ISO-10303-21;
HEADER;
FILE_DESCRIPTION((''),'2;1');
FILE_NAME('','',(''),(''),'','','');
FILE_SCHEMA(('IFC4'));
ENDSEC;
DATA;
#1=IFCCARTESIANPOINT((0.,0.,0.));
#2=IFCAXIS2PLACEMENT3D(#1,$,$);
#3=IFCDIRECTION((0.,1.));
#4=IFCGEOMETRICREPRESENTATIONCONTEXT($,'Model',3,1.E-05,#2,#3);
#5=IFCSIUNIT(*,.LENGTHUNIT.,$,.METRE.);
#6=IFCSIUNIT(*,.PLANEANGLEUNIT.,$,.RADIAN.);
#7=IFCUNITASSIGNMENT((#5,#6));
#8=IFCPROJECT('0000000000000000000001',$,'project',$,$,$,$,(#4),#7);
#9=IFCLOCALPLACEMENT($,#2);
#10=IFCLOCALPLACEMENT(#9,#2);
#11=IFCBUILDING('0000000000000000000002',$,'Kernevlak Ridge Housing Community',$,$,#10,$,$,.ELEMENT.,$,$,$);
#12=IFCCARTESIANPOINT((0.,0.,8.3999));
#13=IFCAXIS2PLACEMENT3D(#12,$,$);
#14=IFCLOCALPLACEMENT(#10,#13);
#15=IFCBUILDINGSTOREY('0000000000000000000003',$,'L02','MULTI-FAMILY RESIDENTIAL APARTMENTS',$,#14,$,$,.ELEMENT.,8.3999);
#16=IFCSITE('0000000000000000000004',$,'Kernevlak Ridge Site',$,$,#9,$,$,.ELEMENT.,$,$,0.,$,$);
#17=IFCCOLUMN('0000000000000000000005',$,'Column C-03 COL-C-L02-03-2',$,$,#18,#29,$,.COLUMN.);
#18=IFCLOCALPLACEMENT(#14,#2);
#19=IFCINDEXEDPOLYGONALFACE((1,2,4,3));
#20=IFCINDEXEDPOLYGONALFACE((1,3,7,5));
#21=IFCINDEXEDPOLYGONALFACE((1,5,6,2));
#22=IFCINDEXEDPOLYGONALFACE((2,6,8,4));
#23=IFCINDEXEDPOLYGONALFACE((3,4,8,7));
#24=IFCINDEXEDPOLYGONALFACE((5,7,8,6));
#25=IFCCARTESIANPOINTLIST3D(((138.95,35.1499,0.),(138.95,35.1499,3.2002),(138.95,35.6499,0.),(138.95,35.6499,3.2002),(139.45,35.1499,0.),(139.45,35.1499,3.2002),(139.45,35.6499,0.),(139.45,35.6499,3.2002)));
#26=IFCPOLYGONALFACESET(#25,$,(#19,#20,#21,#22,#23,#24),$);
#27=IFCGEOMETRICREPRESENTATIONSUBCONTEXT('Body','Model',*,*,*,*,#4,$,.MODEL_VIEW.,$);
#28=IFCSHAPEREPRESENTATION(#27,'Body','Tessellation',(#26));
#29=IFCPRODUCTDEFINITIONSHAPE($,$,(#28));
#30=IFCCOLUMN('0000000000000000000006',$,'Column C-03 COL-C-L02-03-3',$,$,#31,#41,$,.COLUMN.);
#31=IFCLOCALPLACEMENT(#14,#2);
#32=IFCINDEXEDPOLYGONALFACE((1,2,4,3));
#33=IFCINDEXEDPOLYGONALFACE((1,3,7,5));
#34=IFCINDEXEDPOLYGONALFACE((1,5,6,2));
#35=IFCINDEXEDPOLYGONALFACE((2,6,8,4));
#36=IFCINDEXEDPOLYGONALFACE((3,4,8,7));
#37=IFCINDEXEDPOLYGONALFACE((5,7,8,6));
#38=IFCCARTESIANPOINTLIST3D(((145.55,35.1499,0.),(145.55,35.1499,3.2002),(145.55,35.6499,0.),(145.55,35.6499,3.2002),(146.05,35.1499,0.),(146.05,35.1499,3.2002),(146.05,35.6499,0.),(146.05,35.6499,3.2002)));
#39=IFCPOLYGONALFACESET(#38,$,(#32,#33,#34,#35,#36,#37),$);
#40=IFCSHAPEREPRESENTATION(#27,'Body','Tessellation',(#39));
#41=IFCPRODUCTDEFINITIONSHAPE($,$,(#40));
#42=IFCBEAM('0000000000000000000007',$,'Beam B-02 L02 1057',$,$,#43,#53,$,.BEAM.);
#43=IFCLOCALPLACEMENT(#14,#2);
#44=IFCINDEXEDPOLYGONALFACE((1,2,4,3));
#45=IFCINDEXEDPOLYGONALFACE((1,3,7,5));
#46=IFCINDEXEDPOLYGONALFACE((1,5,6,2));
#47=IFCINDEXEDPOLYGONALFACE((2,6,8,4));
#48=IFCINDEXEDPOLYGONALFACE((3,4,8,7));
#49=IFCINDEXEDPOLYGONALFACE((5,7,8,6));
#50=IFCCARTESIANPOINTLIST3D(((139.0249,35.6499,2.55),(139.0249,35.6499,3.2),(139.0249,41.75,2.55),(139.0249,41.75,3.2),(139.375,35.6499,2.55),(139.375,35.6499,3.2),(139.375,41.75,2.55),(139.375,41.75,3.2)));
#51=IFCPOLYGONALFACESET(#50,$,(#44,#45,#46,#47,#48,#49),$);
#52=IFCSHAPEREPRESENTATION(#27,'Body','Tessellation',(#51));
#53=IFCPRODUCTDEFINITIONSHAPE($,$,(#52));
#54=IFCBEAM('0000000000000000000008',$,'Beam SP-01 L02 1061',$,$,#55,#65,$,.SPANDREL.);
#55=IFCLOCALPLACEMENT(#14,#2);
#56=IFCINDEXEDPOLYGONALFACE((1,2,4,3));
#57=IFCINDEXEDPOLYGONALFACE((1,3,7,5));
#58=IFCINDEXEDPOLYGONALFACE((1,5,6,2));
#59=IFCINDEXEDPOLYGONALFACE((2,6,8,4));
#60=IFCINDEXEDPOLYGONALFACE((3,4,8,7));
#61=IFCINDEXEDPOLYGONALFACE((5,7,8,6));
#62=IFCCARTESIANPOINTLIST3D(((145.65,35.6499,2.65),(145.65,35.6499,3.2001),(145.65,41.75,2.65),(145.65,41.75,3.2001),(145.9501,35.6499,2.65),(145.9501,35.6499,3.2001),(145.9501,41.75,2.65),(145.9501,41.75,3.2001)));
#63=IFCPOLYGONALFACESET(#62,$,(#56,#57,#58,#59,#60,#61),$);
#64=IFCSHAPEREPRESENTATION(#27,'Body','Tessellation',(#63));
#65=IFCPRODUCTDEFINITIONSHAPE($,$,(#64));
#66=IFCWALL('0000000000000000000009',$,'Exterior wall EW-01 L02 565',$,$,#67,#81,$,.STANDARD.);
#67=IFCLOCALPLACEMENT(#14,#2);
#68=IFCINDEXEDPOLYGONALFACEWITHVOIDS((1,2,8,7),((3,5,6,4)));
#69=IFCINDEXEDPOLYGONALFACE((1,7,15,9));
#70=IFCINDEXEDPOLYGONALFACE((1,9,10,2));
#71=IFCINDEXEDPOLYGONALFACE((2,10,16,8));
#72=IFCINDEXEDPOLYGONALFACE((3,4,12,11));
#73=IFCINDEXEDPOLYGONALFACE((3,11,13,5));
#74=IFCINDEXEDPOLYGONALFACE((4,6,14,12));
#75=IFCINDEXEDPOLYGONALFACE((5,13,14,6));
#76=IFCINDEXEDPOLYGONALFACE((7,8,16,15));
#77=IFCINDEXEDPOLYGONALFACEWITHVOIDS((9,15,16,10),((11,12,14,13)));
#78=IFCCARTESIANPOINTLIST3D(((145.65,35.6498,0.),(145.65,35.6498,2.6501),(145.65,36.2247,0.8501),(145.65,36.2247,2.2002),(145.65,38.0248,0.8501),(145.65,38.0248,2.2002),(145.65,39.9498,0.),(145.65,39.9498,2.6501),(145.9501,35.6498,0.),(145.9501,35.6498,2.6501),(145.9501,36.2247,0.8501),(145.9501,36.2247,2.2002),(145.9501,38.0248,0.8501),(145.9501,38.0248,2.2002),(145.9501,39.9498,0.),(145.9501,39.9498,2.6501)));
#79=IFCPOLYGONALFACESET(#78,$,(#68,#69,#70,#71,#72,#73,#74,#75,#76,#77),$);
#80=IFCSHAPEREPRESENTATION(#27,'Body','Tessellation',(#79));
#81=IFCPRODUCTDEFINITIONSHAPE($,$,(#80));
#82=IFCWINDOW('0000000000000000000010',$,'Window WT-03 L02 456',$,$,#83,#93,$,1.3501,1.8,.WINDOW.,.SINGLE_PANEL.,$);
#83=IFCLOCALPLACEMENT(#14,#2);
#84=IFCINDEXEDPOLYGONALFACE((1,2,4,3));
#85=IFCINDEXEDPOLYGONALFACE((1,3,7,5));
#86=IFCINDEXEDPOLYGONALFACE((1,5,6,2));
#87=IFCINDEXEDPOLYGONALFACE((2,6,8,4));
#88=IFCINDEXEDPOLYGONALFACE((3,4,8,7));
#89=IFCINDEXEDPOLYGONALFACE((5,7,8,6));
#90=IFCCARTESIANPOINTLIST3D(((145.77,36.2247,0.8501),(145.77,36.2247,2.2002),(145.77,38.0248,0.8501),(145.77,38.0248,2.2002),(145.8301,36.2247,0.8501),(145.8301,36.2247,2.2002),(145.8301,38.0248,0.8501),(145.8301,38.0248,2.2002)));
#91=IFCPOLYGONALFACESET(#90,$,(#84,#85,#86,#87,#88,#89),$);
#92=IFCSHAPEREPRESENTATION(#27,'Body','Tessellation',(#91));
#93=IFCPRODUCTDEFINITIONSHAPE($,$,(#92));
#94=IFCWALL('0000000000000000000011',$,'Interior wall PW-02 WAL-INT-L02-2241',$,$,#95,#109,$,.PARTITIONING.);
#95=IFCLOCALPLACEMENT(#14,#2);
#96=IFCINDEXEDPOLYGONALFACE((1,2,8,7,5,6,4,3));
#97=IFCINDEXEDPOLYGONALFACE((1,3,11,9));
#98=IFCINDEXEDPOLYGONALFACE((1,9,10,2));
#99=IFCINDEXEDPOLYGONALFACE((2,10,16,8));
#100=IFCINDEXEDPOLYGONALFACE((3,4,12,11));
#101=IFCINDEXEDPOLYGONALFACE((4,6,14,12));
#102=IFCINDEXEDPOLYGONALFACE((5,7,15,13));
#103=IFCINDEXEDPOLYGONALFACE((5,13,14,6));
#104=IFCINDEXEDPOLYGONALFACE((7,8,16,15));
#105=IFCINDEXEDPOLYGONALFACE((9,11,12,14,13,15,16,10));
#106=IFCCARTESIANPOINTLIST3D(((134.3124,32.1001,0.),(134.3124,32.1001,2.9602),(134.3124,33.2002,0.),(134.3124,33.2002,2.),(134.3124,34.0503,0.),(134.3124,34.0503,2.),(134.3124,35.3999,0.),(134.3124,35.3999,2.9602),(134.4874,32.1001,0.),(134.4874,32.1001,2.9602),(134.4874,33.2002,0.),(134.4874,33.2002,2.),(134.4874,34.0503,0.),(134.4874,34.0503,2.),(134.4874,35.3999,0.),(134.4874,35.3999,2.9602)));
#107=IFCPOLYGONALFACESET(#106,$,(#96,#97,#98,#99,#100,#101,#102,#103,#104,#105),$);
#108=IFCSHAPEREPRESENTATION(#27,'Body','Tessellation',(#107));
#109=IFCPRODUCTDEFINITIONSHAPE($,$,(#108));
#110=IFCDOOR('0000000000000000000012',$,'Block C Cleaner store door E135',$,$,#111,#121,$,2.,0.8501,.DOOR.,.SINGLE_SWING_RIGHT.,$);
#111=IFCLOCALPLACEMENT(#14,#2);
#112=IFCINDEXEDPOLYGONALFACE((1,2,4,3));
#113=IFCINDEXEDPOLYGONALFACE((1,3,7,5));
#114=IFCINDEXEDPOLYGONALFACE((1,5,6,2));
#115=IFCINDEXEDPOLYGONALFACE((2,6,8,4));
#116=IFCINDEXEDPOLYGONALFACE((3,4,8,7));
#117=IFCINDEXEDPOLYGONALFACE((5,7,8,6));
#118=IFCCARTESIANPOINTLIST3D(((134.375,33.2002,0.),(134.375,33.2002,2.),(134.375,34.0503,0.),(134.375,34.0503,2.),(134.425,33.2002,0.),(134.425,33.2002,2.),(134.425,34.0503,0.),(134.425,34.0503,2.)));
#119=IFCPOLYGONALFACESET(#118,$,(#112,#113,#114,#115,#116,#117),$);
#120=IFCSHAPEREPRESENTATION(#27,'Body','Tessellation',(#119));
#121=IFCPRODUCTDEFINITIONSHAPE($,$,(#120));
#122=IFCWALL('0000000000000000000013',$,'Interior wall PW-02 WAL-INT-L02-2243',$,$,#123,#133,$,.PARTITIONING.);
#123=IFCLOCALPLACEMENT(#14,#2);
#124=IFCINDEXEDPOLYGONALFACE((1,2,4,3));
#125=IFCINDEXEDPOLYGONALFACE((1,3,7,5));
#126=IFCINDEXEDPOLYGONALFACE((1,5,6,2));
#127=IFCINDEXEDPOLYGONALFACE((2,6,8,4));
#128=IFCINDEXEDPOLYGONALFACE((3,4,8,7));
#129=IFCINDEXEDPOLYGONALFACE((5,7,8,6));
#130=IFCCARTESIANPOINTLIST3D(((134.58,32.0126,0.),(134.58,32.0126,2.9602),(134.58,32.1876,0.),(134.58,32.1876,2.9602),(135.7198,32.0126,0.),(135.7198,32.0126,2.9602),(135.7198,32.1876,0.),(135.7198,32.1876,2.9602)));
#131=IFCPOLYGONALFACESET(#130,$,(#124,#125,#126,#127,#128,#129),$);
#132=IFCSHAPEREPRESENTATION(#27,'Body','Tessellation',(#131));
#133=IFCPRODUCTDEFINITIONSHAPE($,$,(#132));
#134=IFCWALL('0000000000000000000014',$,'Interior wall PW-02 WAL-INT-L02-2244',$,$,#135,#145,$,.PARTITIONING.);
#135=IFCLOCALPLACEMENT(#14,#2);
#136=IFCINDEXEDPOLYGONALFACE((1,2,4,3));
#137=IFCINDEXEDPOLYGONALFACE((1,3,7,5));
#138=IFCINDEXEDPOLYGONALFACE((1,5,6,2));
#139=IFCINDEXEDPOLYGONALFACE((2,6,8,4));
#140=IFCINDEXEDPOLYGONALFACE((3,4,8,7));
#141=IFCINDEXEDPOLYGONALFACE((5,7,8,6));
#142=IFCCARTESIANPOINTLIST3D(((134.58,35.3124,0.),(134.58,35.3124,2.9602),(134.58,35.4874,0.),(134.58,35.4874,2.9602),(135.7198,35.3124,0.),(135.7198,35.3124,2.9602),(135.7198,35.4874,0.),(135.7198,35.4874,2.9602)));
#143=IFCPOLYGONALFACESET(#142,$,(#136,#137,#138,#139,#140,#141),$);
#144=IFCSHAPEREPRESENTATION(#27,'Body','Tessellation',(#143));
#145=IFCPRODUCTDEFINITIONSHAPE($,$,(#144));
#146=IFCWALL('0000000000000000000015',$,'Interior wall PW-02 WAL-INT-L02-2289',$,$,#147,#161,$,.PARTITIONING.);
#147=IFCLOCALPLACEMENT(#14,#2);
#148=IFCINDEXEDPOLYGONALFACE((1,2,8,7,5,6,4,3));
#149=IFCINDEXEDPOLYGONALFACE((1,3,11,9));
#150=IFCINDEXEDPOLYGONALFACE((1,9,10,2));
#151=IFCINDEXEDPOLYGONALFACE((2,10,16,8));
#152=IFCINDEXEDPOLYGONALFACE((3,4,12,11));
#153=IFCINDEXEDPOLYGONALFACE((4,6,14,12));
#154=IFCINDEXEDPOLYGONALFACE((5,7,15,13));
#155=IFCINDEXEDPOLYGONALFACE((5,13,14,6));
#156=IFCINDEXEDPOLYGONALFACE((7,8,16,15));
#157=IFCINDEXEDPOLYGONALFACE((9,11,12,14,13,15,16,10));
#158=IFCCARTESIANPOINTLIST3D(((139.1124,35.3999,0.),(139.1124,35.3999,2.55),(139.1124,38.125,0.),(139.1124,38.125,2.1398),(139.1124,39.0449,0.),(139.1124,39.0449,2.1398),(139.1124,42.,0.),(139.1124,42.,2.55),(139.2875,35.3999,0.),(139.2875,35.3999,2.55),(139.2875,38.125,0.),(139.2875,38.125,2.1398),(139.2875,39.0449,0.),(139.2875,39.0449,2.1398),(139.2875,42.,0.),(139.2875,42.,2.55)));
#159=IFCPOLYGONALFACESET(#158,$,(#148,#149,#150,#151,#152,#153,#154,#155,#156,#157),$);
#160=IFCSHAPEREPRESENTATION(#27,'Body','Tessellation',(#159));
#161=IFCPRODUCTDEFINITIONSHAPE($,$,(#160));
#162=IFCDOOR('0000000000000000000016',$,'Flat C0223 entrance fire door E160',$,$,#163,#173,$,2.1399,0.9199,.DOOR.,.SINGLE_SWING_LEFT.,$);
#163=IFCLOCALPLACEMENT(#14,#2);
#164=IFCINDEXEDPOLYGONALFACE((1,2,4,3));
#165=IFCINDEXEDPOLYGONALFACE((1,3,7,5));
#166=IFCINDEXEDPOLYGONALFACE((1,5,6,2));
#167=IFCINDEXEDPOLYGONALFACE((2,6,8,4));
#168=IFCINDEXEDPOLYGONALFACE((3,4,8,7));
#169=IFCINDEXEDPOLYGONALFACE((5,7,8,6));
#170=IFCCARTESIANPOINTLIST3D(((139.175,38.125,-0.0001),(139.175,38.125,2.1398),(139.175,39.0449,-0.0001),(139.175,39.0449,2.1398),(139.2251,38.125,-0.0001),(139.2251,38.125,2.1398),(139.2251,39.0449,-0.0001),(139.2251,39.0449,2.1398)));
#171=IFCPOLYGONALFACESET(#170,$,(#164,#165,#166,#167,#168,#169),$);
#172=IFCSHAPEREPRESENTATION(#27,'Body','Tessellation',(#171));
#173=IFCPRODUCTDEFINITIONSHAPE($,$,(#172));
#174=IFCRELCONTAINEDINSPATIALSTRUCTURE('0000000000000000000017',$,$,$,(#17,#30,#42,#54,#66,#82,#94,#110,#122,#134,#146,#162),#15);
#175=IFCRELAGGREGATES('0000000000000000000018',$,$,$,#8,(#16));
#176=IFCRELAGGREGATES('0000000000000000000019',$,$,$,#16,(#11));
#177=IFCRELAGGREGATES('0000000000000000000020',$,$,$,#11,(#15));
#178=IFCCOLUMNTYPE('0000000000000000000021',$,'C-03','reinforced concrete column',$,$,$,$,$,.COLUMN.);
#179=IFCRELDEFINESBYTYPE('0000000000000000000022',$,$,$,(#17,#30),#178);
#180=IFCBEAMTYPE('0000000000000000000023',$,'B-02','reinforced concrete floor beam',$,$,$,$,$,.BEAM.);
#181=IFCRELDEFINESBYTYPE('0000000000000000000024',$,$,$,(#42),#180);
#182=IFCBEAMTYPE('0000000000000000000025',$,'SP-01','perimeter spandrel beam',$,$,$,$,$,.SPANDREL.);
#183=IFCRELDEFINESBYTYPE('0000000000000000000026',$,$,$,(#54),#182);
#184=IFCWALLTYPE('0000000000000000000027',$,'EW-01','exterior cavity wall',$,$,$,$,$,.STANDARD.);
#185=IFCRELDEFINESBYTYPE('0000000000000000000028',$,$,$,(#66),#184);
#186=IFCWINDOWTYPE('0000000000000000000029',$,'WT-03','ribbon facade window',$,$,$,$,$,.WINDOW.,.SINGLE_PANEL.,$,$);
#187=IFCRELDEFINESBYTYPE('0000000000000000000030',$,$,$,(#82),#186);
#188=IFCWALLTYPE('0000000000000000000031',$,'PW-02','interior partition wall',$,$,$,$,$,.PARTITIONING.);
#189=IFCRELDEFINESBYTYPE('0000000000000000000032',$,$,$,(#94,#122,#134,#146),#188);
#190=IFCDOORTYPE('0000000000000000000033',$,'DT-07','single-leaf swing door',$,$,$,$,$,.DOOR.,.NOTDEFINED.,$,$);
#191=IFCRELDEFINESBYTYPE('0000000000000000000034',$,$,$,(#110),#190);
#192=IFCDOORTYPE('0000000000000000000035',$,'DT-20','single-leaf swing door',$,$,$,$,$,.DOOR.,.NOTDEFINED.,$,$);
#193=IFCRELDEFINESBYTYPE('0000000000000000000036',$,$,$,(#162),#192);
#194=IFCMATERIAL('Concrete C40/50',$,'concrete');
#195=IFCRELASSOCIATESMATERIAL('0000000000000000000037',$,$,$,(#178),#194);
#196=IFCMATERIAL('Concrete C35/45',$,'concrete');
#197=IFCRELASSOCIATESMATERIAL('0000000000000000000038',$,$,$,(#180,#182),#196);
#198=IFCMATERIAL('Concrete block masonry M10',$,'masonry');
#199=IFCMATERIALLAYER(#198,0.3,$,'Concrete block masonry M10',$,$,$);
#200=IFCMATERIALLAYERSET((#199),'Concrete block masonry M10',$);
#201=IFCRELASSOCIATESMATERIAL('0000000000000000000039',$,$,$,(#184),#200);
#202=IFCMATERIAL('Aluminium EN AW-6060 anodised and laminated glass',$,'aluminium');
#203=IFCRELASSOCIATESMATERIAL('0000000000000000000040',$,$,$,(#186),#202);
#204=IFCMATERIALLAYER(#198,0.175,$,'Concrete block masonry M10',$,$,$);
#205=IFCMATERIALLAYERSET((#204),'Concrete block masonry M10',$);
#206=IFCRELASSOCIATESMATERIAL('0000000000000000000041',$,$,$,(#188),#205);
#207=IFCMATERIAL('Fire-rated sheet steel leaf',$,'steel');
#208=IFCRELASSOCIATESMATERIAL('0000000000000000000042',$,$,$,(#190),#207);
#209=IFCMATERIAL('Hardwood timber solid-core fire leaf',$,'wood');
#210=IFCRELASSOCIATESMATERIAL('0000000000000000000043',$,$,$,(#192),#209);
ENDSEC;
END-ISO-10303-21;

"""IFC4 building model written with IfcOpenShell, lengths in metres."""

from ifc_helpers import new_model, si_unit, direction, frame, frame_2d, origin, origin_2d, place, context, subcontext, project, spatial, rectangle, extrude, material, layer, layer_set, material_profile, profile_set, type_object, element, fill, save


model = new_model("IFC4")

# Units and contexts
model_context = context("Model", 3, precision=1e-05, world=origin(), true_north=direction((0.0, 1.0)))
body_context = subcontext(model_context, "Body", "Model", "MODEL_VIEW")
ifc_project = project(units=[si_unit("LENGTHUNIT", "METRE"), si_unit("PLANEANGLEUNIT", "RADIAN")], contexts=[model_context])

# Site, building, storey
site_placement = place(None, origin())
site = spatial("IfcSite", under=ifc_project, at=site_placement, Name="Kernevlak Ridge Site", CompositionType="ELEMENT", RefElevation=0.0)
building_placement = place(site_placement, origin())
building = spatial("IfcBuilding", under=site, at=building_placement, Name="Kernevlak Ridge Housing Community", CompositionType="ELEMENT")
storey_placement = place(building_placement, frame((0.0, 0.0, 8.3999)))
storey = spatial("IfcBuildingStorey", under=building, at=storey_placement, Name="L02", Description="MULTI-FAMILY RESIDENTIAL APARTMENTS", CompositionType="ELEMENT", Elevation=8.3999)

# Columns
ifc_material_1 = material(Name="Concrete C40/50", Category="concrete")
ifc_material_profile_1 = material_profile(ifc_material_1, rectangle(XDim=0.5, YDim=0.5, at=origin_2d()), Name="RC 500x500")
ifc_profile_set_1 = profile_set([ifc_material_profile_1], Name="Concrete C40/50")
column_type = type_object("IfcColumnType", Name="C-03", Description="reinforced concrete column", PredefinedType="COLUMN", material=ifc_profile_set_1)
for number, where, z_axis, x_axis, name in (
    (1, (139.2, 35.3999, 0.0), (0.0, 0.0, 1.0), (1.0, 0.0, 0.0), "Column C-03 COL-C-L02-03-2"),
    (2, (145.8, 35.3999, 0.0), (0.0, 0.0, 1.0), (1.0, 0.0, 0.0), "Column C-03 COL-C-L02-03-3"),
):
    element("IfcColumn", number, at=place(storey_placement, frame(where, z_axis=z_axis, x_axis=x_axis)), inside=storey, type_object=column_type, Name=name, PredefinedType="COLUMN", context=body_context, shape_type="SweptSolid", body=[
        extrude(rectangle(XDim=0.5, YDim=0.5, at=origin_2d()), origin(), (0.0, 0.0, 1.0), 3.2002),
    ])

# Beams
ifc_material_2 = material(Name="Concrete C35/45", Category="concrete")
ifc_material_profile_2 = material_profile(ifc_material_2, rectangle(XDim=0.3501, YDim=0.6499, at=origin_2d()), Name="RC 350x650")
ifc_profile_set_2 = profile_set([ifc_material_profile_2], Name="Concrete C35/45")
beam_type_1 = type_object("IfcBeamType", Name="B-02", Description="reinforced concrete floor beam", PredefinedType="BEAM", material=ifc_profile_set_2)
beam_1_placement = place(storey_placement, frame((139.2, 35.6499, 2.875), z_axis=(0.0, 1.0, 0.0), x_axis=(-1.0, 0.0, 0.0)))
element("IfcBeam", 3, at=beam_1_placement, inside=storey, type_object=beam_type_1, Name="Beam B-02 L02 1057", PredefinedType="BEAM", context=body_context, shape_type="SweptSolid", body=[
    extrude(rectangle(XDim=0.3501, YDim=0.6499, at=origin_2d()), origin(), (0.0, 0.0, 1.0), 6.1001),
])
ifc_material_profile_3 = material_profile(ifc_material_2, rectangle(XDim=0.3, YDim=0.55, at=origin_2d()), Name="RC 300x550")
ifc_profile_set_3 = profile_set([ifc_material_profile_3], Name="Concrete C35/45")
beam_type_2 = type_object("IfcBeamType", Name="SP-01", Description="perimeter spandrel beam", PredefinedType="SPANDREL", material=ifc_profile_set_3)
beam_2_placement = place(storey_placement, frame((145.8, 35.6499, 2.925), z_axis=(0.0, 1.0, 0.0), x_axis=(-1.0, 0.0, 0.0)))
element("IfcBeam", 4, at=beam_2_placement, inside=storey, type_object=beam_type_2, Name="Beam SP-01 L02 1061", PredefinedType="SPANDREL", context=body_context, shape_type="SweptSolid", body=[
    extrude(rectangle(XDim=0.3, YDim=0.55, at=origin_2d()), origin(), (0.0, 0.0, 1.0), 6.1001),
])

# Wall, opening, window
ifc_material_3 = material(Name="Concrete block masonry M10", Category="masonry")
ifc_layer_1 = layer(ifc_material_3, 0.3, Name="Concrete block masonry M10")
ifc_layer_set_1 = layer_set([ifc_layer_1], Name="Concrete block masonry M10")
wall_type_1 = type_object("IfcWallType", Name="EW-01", Description="exterior cavity wall", PredefinedType="STANDARD", material=ifc_layer_set_1)
wall_1_placement = place(storey_placement, frame((145.8, 35.6499, 0.0), z_axis=(0.0, 0.0, 1.0), x_axis=(0.0, 1.0, 0.0)))
wall_1 = element("IfcWall", 5, at=wall_1_placement, inside=storey, type_object=wall_type_1, Name="Exterior wall EW-01 L02 565", PredefinedType="STANDARD", context=body_context, shape_type="SweptSolid", body=[
    extrude(rectangle(XDim=4.3, YDim=0.3, at=frame_2d((2.1499, 0.0))), origin(), (0.0, 0.0, 1.0), 2.6501),
])
opening_1_placement = place(wall_1_placement, frame((0.575, 0.0, 0.8501)))
opening_1 = element("IfcOpeningElement", 6, at=opening_1_placement, cuts=wall_1, PredefinedType="OPENING", context=body_context, shape_type="SweptSolid", body=[
    extrude(rectangle(XDim=1.8, YDim=1.3501, at=frame_2d((0.8999, 0.675))), frame((0.0, 0.1599, 0.0), z_axis=(0.0, -1.0, 0.0), x_axis=(1.0, 0.0, 0.0)), (0.0, 0.0, 1.0), 0.3201),
])
ifc_material_4 = material(Name="Aluminium EN AW-6060 anodised and laminated glass", Category="aluminium")
window_type = type_object("IfcWindowType", Name="WT-03", Description="ribbon facade window", PartitioningType="SINGLE_PANEL", PredefinedType="WINDOW", material=ifc_material_4)
window_placement = place(opening_1_placement, origin())
window = element("IfcWindow", 7, at=window_placement, inside=storey, type_object=window_type, Name="Window WT-03 L02 456", OverallHeight=1.3501, OverallWidth=1.8, PartitioningType="SINGLE_PANEL", PredefinedType="WINDOW", context=body_context, shape_type="SweptSolid", body=[
    extrude(rectangle(XDim=1.8, YDim=1.3501, at=frame_2d((0.8999, 0.675))), frame((0.0, 0.03, 0.0), z_axis=(0.0, -1.0, 0.0), x_axis=(1.0, 0.0, 0.0)), (0.0, 0.0, 1.0), 0.0601),
])
fill(opening_1, window)

# Wall, opening, door
ifc_layer_2 = layer(ifc_material_3, 0.175, Name="Concrete block masonry M10")
ifc_layer_set_2 = layer_set([ifc_layer_2], Name="Concrete block masonry M10")
wall_type_2 = type_object("IfcWallType", Name="PW-02", Description="interior partition wall", PredefinedType="PARTITIONING", material=ifc_layer_set_2)
wall_2_placement = place(storey_placement, frame((134.3999, 32.1001, 0.0), z_axis=(0.0, 0.0, 1.0), x_axis=(0.0, 1.0, 0.0)))
wall_2 = element("IfcWall", 8, at=wall_2_placement, inside=storey, type_object=wall_type_2, Name="Interior wall PW-02 WAL-INT-L02-2241", PredefinedType="PARTITIONING", context=body_context, shape_type="SweptSolid", body=[
    extrude(rectangle(XDim=3.2998, YDim=0.175, at=frame_2d((1.6499, 0.0))), origin(), (0.0, 0.0, 1.0), 2.9602),
])
opening_2_placement = place(wall_2_placement, frame((1.1001, 0.0, 0.0)))
opening_2 = element("IfcOpeningElement", 9, at=opening_2_placement, cuts=wall_2, PredefinedType="OPENING", context=body_context, shape_type="SweptSolid", body=[
    extrude(rectangle(XDim=0.8501, YDim=2.0, at=frame_2d((0.425, 1.0))), frame((0.0, 0.0974, 0.0), z_axis=(0.0, -1.0, 0.0), x_axis=(1.0, 0.0, 0.0)), (0.0, 0.0, 1.0), 0.1951),
])
ifc_material_5 = material(Name="Fire-rated sheet steel leaf", Category="steel")
door_type_1 = type_object("IfcDoorType", Name="DT-07", Description="single-leaf swing door", OperationType="NOTDEFINED", PredefinedType="DOOR", material=ifc_material_5)
door_1_placement = place(opening_2_placement, origin())
door_1 = element("IfcDoor", 10, at=door_1_placement, inside=storey, type_object=door_type_1, Name="Block C Cleaner store door E135", OperationType="SINGLE_SWING_RIGHT", OverallHeight=2.0, OverallWidth=0.8501, PredefinedType="DOOR", context=body_context, shape_type="SweptSolid", body=[
    extrude(rectangle(XDim=0.8501, YDim=2.0, at=frame_2d((0.425, 1.0))), frame((0.0, 0.0249, 0.0), z_axis=(0.0, -1.0, 0.0), x_axis=(1.0, 0.0, 0.0)), (0.0, 0.0, 1.0), 0.05),
])
fill(opening_2, door_1)

# Walls
for number, where, z_axis, x_axis, name in (
    (11, (134.5801, 32.1001, 0.0), (0.0, 0.0, 1.0), (1.0, 0.0, 0.0), "Interior wall PW-02 WAL-INT-L02-2243"),
    (12, (134.5801, 35.3999, 0.0), (0.0, 0.0, 1.0), (1.0, 0.0, 0.0), "Interior wall PW-02 WAL-INT-L02-2244"),
):
    element("IfcWall", number, at=place(storey_placement, frame(where, z_axis=z_axis, x_axis=x_axis)), inside=storey, type_object=wall_type_2, Name=name, PredefinedType="PARTITIONING", context=body_context, shape_type="SweptSolid", body=[
        extrude(rectangle(XDim=1.1399, YDim=0.175, at=frame_2d((0.5698, 0.0))), origin(), (0.0, 0.0, 1.0), 2.9602),
    ])

# Wall, opening, door
wall_3_placement = place(storey_placement, frame((139.2, 35.3999, 0.0), z_axis=(0.0, 0.0, 1.0), x_axis=(0.0, 1.0, 0.0)))
wall_3 = element("IfcWall", 13, at=wall_3_placement, inside=storey, type_object=wall_type_2, Name="Interior wall PW-02 WAL-INT-L02-2289", PredefinedType="PARTITIONING", context=body_context, shape_type="SweptSolid", body=[
    extrude(rectangle(XDim=6.6001, YDim=0.175, at=frame_2d((3.3, 0.0))), origin(), (0.0, 0.0, 1.0), 2.55),
])
opening_3_placement = place(wall_3_placement, frame((2.7251, 0.0, 0.0)))
opening_3 = element("IfcOpeningElement", 14, at=opening_3_placement, cuts=wall_3, PredefinedType="OPENING", context=body_context, shape_type="SweptSolid", body=[
    extrude(rectangle(XDim=0.9199, YDim=2.1399, at=frame_2d((0.46, 1.0698))), frame((0.0, 0.0974, 0.0), z_axis=(0.0, -1.0, 0.0), x_axis=(1.0, 0.0, 0.0)), (0.0, 0.0, 1.0), 0.1951),
])
ifc_material_6 = material(Name="Hardwood timber solid-core fire leaf", Category="wood")
door_type_2 = type_object("IfcDoorType", Name="DT-20", Description="single-leaf swing door", OperationType="NOTDEFINED", PredefinedType="DOOR", material=ifc_material_6)
door_2_placement = place(opening_3_placement, origin())
door_2 = element("IfcDoor", 15, at=door_2_placement, inside=storey, type_object=door_type_2, Name="Flat C0223 entrance fire door E160", OperationType="SINGLE_SWING_LEFT", OverallHeight=2.1399, OverallWidth=0.9199, PredefinedType="DOOR", context=body_context, shape_type="SweptSolid", body=[
    extrude(rectangle(XDim=0.9199, YDim=2.1399, at=frame_2d((0.46, 1.0698))), frame((0.0, 0.0249, 0.0), z_axis=(0.0, -1.0, 0.0), x_axis=(1.0, 0.0, 0.0)), (0.0, 0.0, 1.0), 0.05),
])
fill(opening_3, door_2)

save(model, "model.ifc")
